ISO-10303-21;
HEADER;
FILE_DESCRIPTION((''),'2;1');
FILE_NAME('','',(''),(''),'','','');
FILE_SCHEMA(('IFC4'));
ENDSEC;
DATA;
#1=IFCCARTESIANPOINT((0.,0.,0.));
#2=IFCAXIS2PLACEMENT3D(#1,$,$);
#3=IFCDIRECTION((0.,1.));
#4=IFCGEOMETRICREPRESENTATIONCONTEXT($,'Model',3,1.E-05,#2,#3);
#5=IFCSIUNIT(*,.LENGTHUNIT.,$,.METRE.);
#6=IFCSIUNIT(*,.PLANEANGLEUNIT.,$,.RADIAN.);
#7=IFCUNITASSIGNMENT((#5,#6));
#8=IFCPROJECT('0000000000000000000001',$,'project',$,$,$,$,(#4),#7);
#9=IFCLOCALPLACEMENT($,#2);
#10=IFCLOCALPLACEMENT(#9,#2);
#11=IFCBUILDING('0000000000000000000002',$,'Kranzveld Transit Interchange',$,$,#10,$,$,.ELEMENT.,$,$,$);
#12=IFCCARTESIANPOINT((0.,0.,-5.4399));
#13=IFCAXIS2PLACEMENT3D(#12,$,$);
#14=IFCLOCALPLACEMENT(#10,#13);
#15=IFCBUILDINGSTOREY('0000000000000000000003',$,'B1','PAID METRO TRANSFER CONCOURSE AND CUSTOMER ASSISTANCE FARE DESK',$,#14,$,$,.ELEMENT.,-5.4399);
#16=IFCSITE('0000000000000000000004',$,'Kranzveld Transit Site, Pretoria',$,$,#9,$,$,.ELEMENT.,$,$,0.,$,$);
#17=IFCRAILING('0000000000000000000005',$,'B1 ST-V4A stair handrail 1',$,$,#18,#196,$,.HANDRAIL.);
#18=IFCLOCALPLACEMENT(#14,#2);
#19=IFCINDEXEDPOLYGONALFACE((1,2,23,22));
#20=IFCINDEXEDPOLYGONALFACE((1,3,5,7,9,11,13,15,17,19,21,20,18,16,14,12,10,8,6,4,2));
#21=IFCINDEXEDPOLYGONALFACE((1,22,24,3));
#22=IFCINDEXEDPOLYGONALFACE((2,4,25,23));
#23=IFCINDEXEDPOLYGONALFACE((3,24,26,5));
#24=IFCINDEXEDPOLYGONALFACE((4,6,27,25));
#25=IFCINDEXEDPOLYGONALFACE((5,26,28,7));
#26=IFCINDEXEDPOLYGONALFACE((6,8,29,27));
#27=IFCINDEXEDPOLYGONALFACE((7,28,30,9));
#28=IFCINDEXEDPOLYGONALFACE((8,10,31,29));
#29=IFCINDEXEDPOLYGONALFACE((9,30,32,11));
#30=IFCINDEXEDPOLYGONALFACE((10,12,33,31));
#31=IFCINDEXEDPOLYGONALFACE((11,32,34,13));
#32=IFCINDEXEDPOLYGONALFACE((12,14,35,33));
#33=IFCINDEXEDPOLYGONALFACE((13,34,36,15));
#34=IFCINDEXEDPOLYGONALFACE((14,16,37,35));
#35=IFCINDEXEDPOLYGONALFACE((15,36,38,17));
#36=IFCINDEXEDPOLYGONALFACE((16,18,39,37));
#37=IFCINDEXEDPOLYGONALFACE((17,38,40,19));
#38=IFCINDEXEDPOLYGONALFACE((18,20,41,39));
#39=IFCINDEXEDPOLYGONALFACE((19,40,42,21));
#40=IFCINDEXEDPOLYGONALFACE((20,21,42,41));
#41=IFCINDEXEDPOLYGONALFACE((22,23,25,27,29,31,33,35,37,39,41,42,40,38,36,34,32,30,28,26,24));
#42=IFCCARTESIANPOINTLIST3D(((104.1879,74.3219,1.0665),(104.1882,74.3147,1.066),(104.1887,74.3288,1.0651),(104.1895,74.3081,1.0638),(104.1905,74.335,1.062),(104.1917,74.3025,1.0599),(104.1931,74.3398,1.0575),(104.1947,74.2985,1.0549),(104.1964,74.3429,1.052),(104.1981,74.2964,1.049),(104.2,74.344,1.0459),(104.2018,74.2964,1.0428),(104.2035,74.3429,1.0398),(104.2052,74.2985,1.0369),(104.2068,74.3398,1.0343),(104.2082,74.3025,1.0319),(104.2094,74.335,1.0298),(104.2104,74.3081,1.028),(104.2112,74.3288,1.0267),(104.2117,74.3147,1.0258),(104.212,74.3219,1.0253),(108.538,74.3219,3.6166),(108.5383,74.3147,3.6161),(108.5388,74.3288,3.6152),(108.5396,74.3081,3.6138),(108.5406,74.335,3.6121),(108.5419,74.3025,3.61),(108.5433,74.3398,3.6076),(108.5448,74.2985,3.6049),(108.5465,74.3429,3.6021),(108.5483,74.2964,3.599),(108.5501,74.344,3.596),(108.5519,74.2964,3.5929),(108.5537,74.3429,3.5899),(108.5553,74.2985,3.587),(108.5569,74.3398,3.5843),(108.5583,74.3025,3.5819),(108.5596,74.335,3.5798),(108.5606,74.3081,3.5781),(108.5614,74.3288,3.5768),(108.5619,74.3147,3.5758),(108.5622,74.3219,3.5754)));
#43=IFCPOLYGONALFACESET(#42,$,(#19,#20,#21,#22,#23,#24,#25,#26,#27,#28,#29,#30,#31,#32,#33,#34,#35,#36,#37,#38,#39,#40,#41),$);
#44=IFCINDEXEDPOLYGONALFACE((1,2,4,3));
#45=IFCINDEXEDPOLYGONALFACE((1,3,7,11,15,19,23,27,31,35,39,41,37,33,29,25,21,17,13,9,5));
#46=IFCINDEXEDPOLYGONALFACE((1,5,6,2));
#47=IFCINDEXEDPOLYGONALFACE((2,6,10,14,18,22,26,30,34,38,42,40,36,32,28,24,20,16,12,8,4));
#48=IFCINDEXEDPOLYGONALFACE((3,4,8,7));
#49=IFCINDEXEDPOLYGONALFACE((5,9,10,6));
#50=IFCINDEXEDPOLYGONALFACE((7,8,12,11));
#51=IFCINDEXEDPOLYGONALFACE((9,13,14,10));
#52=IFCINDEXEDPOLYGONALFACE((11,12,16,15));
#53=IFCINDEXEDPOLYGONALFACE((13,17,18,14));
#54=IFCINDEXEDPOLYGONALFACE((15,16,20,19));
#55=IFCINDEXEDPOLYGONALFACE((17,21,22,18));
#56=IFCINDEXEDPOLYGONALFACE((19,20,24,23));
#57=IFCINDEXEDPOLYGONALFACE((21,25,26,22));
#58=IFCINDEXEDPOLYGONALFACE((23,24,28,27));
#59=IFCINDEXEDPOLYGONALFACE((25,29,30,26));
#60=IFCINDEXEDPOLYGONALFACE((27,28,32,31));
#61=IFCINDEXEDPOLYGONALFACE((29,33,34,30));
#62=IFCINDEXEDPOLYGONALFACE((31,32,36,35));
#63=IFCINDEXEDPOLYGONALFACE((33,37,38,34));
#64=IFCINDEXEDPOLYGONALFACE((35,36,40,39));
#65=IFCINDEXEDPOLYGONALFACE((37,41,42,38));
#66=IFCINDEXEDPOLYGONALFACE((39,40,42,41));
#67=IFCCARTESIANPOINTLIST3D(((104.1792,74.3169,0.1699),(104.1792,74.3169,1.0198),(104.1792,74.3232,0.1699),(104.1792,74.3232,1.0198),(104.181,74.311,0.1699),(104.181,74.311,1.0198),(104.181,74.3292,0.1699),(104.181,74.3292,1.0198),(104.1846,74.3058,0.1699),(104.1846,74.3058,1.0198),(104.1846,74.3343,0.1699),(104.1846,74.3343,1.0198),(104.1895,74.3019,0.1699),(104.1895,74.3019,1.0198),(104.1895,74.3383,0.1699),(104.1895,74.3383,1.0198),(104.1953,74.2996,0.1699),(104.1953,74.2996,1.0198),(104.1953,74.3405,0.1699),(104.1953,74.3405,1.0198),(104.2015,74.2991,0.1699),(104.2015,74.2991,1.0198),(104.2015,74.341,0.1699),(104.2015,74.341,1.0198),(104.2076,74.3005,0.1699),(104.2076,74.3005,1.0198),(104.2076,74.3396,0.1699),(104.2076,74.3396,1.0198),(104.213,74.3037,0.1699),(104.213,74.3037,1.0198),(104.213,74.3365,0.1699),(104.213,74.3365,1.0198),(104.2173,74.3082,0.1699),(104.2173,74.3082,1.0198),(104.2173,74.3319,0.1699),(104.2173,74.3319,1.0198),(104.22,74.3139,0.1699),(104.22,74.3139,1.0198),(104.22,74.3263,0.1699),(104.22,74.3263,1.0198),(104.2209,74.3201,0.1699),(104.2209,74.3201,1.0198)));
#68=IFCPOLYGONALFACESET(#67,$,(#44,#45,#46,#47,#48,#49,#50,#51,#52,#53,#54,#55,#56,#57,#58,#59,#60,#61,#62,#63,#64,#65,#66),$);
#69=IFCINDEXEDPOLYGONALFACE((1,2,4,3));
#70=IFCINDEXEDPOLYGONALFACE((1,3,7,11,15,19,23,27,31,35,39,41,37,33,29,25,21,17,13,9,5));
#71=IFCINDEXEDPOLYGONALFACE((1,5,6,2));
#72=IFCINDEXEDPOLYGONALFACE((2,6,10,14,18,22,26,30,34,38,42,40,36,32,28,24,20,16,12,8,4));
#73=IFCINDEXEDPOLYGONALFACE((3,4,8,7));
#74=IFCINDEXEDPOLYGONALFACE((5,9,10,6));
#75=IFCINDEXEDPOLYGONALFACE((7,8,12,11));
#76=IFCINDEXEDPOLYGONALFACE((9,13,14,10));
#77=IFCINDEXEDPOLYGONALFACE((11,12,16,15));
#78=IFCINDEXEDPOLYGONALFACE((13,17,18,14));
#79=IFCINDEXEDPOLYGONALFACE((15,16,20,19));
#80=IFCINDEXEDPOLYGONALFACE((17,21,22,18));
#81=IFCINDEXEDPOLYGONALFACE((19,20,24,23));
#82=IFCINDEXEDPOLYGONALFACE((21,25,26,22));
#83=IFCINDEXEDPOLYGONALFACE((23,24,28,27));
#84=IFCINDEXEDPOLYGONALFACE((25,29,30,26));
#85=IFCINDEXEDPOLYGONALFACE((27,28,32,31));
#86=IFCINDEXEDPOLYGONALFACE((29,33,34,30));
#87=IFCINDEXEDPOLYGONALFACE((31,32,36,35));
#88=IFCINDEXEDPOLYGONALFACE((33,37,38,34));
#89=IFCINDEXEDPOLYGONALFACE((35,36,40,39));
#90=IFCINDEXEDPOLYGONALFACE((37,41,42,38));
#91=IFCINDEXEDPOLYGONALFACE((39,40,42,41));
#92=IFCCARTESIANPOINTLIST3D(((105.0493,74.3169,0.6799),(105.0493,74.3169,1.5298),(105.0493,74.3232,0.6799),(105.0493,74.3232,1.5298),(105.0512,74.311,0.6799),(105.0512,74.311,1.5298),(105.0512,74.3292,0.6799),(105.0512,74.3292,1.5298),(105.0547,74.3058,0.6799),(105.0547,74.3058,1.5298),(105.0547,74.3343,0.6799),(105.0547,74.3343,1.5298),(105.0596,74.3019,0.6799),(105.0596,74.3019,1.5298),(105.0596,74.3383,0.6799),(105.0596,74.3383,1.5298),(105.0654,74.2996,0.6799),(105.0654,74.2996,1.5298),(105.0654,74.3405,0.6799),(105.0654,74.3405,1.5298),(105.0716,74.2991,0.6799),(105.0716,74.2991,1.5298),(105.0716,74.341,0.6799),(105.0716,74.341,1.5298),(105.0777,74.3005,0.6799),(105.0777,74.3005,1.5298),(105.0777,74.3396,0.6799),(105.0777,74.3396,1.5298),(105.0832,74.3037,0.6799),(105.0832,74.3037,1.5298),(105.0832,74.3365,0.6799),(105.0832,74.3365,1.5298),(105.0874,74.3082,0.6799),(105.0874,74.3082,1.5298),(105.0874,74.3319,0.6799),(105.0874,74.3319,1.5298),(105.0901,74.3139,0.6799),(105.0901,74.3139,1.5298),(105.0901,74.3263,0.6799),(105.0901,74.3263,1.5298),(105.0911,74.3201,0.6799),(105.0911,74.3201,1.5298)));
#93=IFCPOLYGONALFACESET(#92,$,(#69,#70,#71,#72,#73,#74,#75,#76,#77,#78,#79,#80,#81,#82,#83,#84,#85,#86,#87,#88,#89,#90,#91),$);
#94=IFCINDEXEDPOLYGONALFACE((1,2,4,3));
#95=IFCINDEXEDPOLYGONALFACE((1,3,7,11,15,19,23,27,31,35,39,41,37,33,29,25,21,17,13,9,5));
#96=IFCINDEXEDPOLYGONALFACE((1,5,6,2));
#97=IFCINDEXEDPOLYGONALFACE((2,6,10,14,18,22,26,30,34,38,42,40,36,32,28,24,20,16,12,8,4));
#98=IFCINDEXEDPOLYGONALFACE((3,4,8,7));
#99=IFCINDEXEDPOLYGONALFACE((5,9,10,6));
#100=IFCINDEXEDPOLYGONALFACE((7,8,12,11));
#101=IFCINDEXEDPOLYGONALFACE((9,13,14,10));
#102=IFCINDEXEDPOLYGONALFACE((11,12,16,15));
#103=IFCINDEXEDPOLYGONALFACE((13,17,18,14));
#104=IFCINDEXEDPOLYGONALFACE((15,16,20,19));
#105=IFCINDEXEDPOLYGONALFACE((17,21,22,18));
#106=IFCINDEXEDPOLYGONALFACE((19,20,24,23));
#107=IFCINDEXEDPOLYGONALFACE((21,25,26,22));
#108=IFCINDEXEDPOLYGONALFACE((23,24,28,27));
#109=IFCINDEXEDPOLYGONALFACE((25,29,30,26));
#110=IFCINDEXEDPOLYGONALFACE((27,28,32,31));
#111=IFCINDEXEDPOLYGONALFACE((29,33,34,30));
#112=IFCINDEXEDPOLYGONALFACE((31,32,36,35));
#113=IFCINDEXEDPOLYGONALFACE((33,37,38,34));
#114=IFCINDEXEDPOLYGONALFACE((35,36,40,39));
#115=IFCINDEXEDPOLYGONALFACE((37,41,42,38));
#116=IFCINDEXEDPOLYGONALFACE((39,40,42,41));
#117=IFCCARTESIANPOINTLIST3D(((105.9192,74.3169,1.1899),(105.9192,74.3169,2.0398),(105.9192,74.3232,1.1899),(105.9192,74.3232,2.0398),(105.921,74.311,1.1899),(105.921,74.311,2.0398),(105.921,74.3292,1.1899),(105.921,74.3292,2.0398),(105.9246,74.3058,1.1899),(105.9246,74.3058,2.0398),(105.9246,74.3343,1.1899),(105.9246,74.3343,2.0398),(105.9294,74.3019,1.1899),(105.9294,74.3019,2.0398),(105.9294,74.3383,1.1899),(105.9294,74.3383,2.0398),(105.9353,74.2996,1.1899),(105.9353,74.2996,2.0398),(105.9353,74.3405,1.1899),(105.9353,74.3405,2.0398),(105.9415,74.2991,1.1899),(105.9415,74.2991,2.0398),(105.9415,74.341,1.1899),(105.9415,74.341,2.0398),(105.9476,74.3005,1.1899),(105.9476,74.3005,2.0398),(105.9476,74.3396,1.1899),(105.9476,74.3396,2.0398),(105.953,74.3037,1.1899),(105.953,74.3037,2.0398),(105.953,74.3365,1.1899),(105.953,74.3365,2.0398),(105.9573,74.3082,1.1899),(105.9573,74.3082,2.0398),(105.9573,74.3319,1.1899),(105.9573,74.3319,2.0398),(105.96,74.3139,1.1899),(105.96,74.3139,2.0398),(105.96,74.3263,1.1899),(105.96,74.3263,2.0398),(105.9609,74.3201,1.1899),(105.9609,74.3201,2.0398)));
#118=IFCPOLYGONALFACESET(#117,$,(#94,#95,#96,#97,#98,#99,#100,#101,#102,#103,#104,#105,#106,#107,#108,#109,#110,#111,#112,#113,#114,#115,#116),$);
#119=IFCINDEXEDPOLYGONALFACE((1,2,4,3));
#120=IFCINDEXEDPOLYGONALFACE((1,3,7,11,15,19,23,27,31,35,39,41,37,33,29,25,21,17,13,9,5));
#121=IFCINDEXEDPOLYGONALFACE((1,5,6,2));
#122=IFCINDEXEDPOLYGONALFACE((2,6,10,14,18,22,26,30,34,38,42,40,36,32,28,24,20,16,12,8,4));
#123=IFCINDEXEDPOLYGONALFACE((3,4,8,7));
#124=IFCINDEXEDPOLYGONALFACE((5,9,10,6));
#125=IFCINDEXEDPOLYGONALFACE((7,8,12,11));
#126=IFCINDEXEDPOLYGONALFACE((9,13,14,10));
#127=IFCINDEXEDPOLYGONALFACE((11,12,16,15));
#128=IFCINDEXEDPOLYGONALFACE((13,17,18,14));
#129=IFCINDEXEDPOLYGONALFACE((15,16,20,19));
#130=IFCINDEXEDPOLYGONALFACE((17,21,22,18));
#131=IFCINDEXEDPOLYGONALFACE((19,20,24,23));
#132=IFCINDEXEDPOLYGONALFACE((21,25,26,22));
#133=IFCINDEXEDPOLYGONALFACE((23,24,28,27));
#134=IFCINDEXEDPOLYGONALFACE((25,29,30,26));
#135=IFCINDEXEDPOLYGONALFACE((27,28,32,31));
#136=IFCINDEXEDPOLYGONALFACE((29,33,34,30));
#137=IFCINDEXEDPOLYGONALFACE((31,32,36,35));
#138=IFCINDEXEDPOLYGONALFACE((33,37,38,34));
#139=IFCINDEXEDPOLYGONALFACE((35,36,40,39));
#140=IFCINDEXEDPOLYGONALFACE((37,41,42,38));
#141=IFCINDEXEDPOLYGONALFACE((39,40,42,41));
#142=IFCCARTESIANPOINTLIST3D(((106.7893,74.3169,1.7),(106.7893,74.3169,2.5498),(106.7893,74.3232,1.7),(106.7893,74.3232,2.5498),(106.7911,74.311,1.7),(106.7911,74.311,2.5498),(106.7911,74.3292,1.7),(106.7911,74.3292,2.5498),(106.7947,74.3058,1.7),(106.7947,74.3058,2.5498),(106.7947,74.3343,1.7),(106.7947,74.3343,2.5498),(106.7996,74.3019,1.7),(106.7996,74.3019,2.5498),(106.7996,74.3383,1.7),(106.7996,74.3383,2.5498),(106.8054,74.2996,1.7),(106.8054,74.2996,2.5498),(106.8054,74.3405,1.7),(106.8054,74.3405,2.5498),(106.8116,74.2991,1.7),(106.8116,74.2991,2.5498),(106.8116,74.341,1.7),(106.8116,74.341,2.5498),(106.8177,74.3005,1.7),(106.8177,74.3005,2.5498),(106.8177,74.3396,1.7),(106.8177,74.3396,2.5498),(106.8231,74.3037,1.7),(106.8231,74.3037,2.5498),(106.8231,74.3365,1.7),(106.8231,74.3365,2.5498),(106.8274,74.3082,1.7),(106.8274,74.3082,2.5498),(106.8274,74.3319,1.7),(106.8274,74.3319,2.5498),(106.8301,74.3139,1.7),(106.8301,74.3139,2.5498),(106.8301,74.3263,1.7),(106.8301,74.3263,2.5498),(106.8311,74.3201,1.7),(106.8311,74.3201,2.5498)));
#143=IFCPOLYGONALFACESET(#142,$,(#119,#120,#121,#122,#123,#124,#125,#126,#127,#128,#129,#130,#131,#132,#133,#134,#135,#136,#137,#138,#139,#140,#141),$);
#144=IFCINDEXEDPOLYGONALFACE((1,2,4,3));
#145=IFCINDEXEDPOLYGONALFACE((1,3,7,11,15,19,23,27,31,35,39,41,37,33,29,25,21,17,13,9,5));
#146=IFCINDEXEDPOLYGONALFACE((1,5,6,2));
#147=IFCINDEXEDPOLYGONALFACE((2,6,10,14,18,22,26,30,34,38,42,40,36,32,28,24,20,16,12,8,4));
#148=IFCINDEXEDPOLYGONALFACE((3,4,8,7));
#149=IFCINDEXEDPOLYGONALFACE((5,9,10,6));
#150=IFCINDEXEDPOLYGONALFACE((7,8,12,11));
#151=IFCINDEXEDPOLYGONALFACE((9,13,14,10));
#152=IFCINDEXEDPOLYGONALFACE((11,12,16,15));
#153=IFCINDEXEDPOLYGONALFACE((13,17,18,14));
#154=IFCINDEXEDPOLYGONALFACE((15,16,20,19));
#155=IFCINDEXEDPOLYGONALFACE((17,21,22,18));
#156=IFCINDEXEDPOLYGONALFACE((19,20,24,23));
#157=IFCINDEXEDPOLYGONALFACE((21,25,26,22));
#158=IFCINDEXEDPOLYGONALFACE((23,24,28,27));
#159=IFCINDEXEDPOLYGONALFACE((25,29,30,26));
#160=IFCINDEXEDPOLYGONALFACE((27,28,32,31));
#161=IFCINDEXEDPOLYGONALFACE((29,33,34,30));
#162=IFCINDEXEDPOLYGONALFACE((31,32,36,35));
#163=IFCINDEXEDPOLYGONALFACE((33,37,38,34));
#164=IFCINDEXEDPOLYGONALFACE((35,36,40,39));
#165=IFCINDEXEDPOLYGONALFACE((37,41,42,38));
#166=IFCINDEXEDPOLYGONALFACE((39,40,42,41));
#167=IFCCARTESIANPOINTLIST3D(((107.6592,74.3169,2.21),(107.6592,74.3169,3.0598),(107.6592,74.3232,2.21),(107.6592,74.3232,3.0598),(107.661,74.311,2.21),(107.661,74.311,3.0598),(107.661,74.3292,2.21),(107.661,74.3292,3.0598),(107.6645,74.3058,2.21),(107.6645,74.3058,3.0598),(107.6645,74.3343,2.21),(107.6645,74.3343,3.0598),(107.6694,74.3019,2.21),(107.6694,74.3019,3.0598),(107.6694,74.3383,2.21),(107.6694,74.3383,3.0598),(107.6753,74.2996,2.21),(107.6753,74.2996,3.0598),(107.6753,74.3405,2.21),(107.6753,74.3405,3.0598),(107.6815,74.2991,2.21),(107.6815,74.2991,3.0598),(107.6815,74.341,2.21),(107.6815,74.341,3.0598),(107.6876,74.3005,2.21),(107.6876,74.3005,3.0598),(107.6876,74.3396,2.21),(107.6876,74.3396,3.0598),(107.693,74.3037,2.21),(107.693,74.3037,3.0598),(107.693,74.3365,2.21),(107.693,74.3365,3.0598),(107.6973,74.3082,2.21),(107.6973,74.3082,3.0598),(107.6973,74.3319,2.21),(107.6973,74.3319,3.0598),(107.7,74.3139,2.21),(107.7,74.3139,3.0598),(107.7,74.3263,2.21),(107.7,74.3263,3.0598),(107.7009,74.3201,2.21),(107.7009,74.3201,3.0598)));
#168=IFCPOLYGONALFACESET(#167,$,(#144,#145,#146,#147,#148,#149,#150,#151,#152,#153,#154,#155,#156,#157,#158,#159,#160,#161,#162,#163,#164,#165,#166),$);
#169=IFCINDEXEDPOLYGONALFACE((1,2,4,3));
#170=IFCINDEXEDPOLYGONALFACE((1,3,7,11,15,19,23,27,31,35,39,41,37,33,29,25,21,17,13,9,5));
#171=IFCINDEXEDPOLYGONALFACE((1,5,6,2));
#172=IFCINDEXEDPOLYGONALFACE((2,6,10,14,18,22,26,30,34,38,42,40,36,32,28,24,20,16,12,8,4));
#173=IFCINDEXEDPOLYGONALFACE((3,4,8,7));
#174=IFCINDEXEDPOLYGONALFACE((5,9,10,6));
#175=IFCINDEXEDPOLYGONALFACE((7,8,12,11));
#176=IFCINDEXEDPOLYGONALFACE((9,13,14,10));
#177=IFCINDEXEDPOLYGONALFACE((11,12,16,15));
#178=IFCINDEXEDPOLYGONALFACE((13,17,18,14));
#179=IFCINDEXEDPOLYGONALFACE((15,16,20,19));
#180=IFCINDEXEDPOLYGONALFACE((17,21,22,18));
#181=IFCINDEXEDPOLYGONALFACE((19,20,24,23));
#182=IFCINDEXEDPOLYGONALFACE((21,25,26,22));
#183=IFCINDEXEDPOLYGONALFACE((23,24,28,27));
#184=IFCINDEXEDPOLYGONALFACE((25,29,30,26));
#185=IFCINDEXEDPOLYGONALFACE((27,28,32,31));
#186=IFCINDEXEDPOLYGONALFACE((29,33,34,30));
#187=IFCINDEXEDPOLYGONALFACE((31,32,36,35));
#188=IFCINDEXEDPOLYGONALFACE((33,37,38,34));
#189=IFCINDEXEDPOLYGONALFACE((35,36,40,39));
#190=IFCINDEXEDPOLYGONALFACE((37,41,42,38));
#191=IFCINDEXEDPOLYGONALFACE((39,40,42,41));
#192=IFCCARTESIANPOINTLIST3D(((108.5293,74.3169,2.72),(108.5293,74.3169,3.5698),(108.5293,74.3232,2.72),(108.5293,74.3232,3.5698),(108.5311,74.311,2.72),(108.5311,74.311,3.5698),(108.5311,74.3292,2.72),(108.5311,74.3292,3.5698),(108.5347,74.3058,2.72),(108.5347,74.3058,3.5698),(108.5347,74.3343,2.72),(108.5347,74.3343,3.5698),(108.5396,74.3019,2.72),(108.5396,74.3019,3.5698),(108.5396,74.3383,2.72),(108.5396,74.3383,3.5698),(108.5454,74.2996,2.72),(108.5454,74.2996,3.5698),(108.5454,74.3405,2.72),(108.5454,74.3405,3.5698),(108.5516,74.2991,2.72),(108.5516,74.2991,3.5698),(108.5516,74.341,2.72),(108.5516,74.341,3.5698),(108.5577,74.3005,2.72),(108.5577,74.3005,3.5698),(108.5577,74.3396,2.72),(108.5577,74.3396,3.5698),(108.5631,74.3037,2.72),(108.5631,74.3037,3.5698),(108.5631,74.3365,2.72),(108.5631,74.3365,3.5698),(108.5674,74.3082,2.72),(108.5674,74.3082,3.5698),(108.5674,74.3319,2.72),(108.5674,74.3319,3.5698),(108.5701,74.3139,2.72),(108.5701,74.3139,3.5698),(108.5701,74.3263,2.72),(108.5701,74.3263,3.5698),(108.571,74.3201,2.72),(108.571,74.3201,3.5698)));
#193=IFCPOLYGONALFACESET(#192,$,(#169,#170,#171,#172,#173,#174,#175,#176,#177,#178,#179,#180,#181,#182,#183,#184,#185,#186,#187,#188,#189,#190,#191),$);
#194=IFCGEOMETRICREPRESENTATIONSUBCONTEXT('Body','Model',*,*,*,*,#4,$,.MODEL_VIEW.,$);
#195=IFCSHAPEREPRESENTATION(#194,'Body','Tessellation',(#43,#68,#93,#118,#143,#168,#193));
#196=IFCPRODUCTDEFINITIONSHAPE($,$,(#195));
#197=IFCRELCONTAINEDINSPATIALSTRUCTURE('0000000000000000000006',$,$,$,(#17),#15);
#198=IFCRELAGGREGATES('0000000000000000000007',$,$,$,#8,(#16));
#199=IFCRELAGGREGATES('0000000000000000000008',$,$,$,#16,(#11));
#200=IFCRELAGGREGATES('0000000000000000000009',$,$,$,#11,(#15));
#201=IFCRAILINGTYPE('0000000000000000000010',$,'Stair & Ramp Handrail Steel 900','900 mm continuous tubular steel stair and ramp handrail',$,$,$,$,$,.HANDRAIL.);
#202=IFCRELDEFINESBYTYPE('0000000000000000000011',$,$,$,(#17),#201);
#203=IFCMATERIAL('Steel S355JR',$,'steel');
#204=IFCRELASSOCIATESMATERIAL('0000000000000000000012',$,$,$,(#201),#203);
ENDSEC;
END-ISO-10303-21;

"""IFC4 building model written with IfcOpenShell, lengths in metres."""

from ifc_helpers import new_model, si_unit, direction, frame, origin, origin_2d, place, context, subcontext, project, spatial, circle, extrude, material, type_object, element, save


model = new_model("IFC4")

# Units and contexts
model_context = context("Model", 3, precision=1e-05, world=origin(), true_north=direction((0.0, 1.0)))
body_context = subcontext(model_context, "Body", "Model", "MODEL_VIEW")
ifc_project = project(units=[si_unit("LENGTHUNIT", "METRE"), si_unit("PLANEANGLEUNIT", "RADIAN")], contexts=[model_context])

# Site, building, storey
site_placement = place(None, origin())
site = spatial("IfcSite", under=ifc_project, at=site_placement, Name="Kranzveld Transit Site, Pretoria", CompositionType="ELEMENT", RefElevation=0.0)
building_placement = place(site_placement, origin())
building = spatial("IfcBuilding", under=site, at=building_placement, Name="Kranzveld Transit Interchange", CompositionType="ELEMENT")
storey_placement = place(building_placement, frame((0.0, 0.0, -5.4399)))
storey = spatial("IfcBuildingStorey", under=building, at=storey_placement, Name="B1", Description="PAID METRO TRANSFER CONCOURSE AND CUSTOMER ASSISTANCE FARE DESK", CompositionType="ELEMENT", Elevation=-5.4399)

# Railing
ifc_material_1 = material(Name="Steel S355JR", Category="steel")
railing_type_1 = type_object("IfcRailingType", Name="Stair & Ramp Handrail Steel 900", Description="900 mm continuous tubular steel stair and ramp handrail", PredefinedType="HANDRAIL", material=ifc_material_1)
railing_1_placement = place(storey_placement, frame((104.2, 74.3201, 0.1699)))
element("IfcRailing", 1, at=railing_1_placement, inside=storey, type_object=railing_type_1, Name="B1 ST-V4A stair handrail 1", PredefinedType="HANDRAIL", context=body_context, shape_type="SweptSolid", body=[
    extrude(circle(Radius=0.0239, at=origin_2d()), frame((0.0, 0.0, 0.876), z_axis=(0.862699, 0.0, 0.505718), x_axis=(0.0, 1.0, 0.0)), (0.0, 0.0, 1.0), 5.0425),
    extrude(circle(Radius=0.021, at=origin_2d()), origin(), (0.0, 0.0, 1.0), 0.8499),
    extrude(circle(Radius=0.021, at=origin_2d()), frame((0.8701, 0.0, 0.51)), (0.0, 0.0, 1.0), 0.8499),
    extrude(circle(Radius=0.021, at=origin_2d()), frame((1.74, 0.0, 1.02)), (0.0, 0.0, 1.0), 0.8499),
    extrude(circle(Radius=0.021, at=origin_2d()), frame((2.6101, 0.0, 1.53)), (0.0, 0.0, 1.0), 0.8499),
    extrude(circle(Radius=0.021, at=origin_2d()), frame((3.48, 0.0, 2.04)), (0.0, 0.0, 1.0), 0.8499),
    extrude(circle(Radius=0.021, at=origin_2d()), frame((4.3501, 0.0, 2.55)), (0.0, 0.0, 1.0), 0.8499),
])

save(model, "model.ifc")
